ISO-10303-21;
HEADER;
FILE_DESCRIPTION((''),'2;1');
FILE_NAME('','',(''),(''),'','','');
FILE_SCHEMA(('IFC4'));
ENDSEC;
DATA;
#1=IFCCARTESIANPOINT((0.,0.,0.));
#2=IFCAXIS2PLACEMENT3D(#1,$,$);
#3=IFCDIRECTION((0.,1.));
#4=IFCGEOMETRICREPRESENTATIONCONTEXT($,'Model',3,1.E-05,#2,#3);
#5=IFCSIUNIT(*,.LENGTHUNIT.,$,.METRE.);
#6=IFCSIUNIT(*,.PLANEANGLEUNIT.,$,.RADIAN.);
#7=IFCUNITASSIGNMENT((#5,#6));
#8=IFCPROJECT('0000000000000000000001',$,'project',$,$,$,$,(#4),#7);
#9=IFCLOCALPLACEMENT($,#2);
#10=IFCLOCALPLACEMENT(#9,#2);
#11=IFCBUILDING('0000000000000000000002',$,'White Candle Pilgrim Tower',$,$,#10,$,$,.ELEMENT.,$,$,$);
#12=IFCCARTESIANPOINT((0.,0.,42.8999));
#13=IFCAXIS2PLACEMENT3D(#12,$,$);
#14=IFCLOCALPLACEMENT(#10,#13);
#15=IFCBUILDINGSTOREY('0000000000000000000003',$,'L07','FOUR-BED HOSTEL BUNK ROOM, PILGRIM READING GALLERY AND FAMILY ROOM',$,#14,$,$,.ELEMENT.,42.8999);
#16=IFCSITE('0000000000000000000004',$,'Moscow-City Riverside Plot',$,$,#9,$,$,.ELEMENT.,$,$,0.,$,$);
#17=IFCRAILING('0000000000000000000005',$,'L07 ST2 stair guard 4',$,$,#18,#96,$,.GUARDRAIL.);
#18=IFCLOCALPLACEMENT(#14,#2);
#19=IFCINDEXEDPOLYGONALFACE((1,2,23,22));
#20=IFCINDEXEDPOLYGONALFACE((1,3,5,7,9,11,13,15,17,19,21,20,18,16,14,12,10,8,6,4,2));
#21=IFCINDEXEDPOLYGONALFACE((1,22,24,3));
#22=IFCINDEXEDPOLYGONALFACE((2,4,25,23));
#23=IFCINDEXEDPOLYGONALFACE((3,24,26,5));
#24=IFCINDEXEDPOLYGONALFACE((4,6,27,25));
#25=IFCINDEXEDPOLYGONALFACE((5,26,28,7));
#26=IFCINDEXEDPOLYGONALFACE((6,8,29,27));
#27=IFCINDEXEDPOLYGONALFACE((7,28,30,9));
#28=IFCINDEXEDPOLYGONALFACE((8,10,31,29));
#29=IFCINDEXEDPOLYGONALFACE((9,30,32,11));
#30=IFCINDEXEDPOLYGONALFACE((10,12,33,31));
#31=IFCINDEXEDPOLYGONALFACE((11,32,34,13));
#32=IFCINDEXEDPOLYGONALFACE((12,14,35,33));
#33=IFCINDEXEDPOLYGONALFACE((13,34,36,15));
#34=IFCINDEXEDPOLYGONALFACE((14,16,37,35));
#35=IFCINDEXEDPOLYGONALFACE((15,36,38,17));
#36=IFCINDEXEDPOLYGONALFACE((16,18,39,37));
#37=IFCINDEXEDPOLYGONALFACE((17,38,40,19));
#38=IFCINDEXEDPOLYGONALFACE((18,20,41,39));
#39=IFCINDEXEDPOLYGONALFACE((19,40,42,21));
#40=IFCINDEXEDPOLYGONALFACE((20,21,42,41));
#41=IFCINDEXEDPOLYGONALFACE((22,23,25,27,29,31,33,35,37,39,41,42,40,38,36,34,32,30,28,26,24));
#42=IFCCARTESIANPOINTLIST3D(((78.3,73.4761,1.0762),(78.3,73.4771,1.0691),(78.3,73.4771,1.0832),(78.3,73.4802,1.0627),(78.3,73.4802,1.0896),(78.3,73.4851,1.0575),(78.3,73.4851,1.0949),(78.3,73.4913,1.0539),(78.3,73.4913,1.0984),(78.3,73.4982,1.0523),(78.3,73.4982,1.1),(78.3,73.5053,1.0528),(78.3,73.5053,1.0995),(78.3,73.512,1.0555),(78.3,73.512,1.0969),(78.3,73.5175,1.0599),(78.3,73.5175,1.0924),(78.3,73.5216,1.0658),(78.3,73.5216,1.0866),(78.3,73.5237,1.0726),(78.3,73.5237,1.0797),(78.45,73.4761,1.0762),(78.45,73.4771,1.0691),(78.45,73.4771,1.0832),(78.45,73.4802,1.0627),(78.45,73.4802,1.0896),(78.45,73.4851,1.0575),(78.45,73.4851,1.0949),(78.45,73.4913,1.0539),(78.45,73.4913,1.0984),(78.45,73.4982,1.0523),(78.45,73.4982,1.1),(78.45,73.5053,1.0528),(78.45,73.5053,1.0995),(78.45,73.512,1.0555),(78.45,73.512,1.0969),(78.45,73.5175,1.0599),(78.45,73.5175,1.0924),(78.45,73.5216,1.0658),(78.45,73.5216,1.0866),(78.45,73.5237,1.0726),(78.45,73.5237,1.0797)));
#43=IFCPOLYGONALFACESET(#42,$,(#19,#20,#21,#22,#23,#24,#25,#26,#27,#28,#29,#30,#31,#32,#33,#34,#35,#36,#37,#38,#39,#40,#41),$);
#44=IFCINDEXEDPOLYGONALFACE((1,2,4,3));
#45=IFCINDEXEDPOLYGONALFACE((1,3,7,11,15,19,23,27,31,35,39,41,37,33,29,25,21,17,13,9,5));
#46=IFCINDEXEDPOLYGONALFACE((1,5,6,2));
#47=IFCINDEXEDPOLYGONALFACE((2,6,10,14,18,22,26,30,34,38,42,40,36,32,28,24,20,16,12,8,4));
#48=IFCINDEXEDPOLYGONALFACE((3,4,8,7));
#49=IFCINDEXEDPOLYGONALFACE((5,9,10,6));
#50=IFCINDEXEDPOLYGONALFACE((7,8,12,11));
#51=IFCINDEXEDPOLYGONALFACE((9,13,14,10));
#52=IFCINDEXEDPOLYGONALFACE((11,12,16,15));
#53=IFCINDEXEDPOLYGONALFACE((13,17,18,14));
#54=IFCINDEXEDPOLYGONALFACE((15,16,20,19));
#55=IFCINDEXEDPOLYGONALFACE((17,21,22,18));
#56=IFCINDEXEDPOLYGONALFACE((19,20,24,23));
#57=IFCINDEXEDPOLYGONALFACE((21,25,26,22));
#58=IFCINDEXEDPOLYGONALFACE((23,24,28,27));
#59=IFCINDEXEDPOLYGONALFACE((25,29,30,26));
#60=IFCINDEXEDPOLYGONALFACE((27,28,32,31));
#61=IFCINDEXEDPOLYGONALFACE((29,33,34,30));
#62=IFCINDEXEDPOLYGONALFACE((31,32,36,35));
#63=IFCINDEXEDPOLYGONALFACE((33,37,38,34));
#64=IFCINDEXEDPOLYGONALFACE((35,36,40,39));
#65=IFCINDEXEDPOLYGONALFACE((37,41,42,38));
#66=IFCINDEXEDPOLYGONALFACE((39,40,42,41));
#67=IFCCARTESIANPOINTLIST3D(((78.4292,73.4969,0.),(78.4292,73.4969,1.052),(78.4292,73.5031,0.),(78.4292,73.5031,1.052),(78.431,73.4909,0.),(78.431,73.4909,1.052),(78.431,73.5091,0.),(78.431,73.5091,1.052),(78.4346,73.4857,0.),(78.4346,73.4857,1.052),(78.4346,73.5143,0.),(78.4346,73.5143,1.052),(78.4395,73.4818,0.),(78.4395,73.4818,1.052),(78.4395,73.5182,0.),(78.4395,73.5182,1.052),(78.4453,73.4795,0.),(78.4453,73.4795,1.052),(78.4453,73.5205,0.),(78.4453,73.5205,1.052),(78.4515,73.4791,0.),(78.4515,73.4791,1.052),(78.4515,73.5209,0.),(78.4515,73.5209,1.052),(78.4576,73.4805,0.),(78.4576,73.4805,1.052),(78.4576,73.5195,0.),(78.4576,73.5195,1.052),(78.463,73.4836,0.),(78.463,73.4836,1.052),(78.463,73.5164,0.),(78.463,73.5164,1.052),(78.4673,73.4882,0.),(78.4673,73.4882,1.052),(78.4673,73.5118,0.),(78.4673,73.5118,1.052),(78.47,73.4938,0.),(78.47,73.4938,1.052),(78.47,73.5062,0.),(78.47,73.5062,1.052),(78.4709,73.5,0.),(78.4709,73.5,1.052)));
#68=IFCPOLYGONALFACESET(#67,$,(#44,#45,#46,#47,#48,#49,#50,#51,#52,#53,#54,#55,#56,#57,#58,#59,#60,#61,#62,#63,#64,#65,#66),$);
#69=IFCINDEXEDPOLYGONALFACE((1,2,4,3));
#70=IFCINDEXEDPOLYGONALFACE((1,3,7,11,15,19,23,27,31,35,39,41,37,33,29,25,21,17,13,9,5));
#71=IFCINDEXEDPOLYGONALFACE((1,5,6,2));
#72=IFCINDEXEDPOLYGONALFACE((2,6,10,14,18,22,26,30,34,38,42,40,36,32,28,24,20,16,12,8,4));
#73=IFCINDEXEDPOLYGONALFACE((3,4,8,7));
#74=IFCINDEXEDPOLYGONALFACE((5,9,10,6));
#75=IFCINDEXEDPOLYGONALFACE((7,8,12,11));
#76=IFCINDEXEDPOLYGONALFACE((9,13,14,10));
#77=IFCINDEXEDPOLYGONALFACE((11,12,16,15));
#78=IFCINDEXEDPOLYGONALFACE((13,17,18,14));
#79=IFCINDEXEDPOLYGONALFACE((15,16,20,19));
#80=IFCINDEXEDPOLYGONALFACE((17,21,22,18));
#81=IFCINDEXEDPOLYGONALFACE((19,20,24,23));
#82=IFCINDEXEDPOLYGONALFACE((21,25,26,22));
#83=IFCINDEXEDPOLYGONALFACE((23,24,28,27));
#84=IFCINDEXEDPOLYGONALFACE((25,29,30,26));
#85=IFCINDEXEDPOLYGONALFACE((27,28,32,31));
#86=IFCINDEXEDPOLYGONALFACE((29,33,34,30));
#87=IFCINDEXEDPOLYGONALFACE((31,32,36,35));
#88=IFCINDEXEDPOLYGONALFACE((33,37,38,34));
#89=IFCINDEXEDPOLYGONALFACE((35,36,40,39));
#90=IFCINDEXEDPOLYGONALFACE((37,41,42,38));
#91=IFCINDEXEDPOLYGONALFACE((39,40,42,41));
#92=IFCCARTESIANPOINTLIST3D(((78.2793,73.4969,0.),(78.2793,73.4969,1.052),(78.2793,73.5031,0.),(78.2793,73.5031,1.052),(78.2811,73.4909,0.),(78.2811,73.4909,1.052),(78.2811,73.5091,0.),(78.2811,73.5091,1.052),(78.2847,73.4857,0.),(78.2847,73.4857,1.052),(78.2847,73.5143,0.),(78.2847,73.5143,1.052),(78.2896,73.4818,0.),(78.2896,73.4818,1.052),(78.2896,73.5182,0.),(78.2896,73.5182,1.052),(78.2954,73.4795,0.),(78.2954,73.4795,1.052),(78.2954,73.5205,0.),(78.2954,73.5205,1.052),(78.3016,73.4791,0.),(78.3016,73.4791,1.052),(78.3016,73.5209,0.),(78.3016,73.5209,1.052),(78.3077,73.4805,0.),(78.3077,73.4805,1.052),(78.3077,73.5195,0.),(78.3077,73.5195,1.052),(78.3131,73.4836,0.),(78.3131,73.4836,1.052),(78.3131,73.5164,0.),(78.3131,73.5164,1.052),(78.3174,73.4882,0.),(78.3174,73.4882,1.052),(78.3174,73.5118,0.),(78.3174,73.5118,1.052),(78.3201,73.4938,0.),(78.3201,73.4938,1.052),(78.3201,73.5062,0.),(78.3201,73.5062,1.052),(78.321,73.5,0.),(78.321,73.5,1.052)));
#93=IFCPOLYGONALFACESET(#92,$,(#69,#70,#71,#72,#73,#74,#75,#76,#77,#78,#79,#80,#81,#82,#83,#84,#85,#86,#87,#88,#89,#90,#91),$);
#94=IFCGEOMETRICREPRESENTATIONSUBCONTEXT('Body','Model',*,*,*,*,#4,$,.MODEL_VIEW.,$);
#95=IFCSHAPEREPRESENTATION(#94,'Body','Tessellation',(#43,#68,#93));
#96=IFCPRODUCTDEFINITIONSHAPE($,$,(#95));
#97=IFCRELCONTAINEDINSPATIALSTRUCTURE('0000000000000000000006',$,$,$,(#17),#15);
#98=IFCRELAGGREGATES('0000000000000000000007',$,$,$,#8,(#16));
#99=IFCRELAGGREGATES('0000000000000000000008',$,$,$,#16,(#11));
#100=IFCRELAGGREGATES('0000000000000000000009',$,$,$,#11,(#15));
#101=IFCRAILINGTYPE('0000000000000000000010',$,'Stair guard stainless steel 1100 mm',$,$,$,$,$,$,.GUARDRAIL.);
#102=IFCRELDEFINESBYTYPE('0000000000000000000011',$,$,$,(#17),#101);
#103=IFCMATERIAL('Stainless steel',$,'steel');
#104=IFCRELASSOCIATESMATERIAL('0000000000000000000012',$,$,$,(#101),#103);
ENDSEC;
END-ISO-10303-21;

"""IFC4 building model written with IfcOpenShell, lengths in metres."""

from ifc_helpers import new_model, si_unit, direction, frame, origin, origin_2d, place, context, subcontext, project, spatial, circle, extrude, material, type_object, element, save


model = new_model("IFC4")

# Units and contexts
model_context = context("Model", 3, precision=1e-05, world=origin(), true_north=direction((0.0, 1.0)))
body_context = subcontext(model_context, "Body", "Model", "MODEL_VIEW")
ifc_project = project(units=[si_unit("LENGTHUNIT", "METRE"), si_unit("PLANEANGLEUNIT", "RADIAN")], contexts=[model_context])

# Site, building, storey
site_placement = place(None, origin())
site = spatial("IfcSite", under=ifc_project, at=site_placement, Name="Moscow-City Riverside Plot", CompositionType="ELEMENT", RefElevation=0.0)
building_placement = place(site_placement, origin())
building = spatial("IfcBuilding", under=site, at=building_placement, Name="White Candle Pilgrim Tower", CompositionType="ELEMENT")
storey_placement = place(building_placement, frame((0.0, 0.0, 42.8999)))
storey = spatial("IfcBuildingStorey", under=building, at=storey_placement, Name="L07", Description="FOUR-BED HOSTEL BUNK ROOM, PILGRIM READING GALLERY AND FAMILY ROOM", CompositionType="ELEMENT", Elevation=42.8999)

# Railing
ifc_material_1 = material(Name="Stainless steel", Category="steel")
railing_type_1 = type_object("IfcRailingType", Name="Stair guard stainless steel 1100 mm", PredefinedType="GUARDRAIL", material=ifc_material_1)
railing_1_placement = place(storey_placement, frame((78.45, 73.5, 0.0)))
element("IfcRailing", 1, at=railing_1_placement, inside=storey, type_object=railing_type_1, Name="L07 ST2 stair guard 4", PredefinedType="GUARDRAIL", context=body_context, shape_type="SweptSolid", body=[
    extrude(circle(Radius=0.0239, at=origin_2d()), frame((0.0, 0.0, 1.0762), z_axis=(-1.0, 0.0, 0.0), x_axis=(0.0, -1.0, 0.0)), (0.0, 0.0, 1.0), 0.1499),
    extrude(circle(Radius=0.021, at=origin_2d()), origin(), (0.0, 0.0, 1.0), 1.052),
    extrude(circle(Radius=0.021, at=origin_2d()), frame((-0.1499, 0.0, 0.0)), (0.0, 0.0, 1.0), 1.052),
])

save(model, "model.ifc")
